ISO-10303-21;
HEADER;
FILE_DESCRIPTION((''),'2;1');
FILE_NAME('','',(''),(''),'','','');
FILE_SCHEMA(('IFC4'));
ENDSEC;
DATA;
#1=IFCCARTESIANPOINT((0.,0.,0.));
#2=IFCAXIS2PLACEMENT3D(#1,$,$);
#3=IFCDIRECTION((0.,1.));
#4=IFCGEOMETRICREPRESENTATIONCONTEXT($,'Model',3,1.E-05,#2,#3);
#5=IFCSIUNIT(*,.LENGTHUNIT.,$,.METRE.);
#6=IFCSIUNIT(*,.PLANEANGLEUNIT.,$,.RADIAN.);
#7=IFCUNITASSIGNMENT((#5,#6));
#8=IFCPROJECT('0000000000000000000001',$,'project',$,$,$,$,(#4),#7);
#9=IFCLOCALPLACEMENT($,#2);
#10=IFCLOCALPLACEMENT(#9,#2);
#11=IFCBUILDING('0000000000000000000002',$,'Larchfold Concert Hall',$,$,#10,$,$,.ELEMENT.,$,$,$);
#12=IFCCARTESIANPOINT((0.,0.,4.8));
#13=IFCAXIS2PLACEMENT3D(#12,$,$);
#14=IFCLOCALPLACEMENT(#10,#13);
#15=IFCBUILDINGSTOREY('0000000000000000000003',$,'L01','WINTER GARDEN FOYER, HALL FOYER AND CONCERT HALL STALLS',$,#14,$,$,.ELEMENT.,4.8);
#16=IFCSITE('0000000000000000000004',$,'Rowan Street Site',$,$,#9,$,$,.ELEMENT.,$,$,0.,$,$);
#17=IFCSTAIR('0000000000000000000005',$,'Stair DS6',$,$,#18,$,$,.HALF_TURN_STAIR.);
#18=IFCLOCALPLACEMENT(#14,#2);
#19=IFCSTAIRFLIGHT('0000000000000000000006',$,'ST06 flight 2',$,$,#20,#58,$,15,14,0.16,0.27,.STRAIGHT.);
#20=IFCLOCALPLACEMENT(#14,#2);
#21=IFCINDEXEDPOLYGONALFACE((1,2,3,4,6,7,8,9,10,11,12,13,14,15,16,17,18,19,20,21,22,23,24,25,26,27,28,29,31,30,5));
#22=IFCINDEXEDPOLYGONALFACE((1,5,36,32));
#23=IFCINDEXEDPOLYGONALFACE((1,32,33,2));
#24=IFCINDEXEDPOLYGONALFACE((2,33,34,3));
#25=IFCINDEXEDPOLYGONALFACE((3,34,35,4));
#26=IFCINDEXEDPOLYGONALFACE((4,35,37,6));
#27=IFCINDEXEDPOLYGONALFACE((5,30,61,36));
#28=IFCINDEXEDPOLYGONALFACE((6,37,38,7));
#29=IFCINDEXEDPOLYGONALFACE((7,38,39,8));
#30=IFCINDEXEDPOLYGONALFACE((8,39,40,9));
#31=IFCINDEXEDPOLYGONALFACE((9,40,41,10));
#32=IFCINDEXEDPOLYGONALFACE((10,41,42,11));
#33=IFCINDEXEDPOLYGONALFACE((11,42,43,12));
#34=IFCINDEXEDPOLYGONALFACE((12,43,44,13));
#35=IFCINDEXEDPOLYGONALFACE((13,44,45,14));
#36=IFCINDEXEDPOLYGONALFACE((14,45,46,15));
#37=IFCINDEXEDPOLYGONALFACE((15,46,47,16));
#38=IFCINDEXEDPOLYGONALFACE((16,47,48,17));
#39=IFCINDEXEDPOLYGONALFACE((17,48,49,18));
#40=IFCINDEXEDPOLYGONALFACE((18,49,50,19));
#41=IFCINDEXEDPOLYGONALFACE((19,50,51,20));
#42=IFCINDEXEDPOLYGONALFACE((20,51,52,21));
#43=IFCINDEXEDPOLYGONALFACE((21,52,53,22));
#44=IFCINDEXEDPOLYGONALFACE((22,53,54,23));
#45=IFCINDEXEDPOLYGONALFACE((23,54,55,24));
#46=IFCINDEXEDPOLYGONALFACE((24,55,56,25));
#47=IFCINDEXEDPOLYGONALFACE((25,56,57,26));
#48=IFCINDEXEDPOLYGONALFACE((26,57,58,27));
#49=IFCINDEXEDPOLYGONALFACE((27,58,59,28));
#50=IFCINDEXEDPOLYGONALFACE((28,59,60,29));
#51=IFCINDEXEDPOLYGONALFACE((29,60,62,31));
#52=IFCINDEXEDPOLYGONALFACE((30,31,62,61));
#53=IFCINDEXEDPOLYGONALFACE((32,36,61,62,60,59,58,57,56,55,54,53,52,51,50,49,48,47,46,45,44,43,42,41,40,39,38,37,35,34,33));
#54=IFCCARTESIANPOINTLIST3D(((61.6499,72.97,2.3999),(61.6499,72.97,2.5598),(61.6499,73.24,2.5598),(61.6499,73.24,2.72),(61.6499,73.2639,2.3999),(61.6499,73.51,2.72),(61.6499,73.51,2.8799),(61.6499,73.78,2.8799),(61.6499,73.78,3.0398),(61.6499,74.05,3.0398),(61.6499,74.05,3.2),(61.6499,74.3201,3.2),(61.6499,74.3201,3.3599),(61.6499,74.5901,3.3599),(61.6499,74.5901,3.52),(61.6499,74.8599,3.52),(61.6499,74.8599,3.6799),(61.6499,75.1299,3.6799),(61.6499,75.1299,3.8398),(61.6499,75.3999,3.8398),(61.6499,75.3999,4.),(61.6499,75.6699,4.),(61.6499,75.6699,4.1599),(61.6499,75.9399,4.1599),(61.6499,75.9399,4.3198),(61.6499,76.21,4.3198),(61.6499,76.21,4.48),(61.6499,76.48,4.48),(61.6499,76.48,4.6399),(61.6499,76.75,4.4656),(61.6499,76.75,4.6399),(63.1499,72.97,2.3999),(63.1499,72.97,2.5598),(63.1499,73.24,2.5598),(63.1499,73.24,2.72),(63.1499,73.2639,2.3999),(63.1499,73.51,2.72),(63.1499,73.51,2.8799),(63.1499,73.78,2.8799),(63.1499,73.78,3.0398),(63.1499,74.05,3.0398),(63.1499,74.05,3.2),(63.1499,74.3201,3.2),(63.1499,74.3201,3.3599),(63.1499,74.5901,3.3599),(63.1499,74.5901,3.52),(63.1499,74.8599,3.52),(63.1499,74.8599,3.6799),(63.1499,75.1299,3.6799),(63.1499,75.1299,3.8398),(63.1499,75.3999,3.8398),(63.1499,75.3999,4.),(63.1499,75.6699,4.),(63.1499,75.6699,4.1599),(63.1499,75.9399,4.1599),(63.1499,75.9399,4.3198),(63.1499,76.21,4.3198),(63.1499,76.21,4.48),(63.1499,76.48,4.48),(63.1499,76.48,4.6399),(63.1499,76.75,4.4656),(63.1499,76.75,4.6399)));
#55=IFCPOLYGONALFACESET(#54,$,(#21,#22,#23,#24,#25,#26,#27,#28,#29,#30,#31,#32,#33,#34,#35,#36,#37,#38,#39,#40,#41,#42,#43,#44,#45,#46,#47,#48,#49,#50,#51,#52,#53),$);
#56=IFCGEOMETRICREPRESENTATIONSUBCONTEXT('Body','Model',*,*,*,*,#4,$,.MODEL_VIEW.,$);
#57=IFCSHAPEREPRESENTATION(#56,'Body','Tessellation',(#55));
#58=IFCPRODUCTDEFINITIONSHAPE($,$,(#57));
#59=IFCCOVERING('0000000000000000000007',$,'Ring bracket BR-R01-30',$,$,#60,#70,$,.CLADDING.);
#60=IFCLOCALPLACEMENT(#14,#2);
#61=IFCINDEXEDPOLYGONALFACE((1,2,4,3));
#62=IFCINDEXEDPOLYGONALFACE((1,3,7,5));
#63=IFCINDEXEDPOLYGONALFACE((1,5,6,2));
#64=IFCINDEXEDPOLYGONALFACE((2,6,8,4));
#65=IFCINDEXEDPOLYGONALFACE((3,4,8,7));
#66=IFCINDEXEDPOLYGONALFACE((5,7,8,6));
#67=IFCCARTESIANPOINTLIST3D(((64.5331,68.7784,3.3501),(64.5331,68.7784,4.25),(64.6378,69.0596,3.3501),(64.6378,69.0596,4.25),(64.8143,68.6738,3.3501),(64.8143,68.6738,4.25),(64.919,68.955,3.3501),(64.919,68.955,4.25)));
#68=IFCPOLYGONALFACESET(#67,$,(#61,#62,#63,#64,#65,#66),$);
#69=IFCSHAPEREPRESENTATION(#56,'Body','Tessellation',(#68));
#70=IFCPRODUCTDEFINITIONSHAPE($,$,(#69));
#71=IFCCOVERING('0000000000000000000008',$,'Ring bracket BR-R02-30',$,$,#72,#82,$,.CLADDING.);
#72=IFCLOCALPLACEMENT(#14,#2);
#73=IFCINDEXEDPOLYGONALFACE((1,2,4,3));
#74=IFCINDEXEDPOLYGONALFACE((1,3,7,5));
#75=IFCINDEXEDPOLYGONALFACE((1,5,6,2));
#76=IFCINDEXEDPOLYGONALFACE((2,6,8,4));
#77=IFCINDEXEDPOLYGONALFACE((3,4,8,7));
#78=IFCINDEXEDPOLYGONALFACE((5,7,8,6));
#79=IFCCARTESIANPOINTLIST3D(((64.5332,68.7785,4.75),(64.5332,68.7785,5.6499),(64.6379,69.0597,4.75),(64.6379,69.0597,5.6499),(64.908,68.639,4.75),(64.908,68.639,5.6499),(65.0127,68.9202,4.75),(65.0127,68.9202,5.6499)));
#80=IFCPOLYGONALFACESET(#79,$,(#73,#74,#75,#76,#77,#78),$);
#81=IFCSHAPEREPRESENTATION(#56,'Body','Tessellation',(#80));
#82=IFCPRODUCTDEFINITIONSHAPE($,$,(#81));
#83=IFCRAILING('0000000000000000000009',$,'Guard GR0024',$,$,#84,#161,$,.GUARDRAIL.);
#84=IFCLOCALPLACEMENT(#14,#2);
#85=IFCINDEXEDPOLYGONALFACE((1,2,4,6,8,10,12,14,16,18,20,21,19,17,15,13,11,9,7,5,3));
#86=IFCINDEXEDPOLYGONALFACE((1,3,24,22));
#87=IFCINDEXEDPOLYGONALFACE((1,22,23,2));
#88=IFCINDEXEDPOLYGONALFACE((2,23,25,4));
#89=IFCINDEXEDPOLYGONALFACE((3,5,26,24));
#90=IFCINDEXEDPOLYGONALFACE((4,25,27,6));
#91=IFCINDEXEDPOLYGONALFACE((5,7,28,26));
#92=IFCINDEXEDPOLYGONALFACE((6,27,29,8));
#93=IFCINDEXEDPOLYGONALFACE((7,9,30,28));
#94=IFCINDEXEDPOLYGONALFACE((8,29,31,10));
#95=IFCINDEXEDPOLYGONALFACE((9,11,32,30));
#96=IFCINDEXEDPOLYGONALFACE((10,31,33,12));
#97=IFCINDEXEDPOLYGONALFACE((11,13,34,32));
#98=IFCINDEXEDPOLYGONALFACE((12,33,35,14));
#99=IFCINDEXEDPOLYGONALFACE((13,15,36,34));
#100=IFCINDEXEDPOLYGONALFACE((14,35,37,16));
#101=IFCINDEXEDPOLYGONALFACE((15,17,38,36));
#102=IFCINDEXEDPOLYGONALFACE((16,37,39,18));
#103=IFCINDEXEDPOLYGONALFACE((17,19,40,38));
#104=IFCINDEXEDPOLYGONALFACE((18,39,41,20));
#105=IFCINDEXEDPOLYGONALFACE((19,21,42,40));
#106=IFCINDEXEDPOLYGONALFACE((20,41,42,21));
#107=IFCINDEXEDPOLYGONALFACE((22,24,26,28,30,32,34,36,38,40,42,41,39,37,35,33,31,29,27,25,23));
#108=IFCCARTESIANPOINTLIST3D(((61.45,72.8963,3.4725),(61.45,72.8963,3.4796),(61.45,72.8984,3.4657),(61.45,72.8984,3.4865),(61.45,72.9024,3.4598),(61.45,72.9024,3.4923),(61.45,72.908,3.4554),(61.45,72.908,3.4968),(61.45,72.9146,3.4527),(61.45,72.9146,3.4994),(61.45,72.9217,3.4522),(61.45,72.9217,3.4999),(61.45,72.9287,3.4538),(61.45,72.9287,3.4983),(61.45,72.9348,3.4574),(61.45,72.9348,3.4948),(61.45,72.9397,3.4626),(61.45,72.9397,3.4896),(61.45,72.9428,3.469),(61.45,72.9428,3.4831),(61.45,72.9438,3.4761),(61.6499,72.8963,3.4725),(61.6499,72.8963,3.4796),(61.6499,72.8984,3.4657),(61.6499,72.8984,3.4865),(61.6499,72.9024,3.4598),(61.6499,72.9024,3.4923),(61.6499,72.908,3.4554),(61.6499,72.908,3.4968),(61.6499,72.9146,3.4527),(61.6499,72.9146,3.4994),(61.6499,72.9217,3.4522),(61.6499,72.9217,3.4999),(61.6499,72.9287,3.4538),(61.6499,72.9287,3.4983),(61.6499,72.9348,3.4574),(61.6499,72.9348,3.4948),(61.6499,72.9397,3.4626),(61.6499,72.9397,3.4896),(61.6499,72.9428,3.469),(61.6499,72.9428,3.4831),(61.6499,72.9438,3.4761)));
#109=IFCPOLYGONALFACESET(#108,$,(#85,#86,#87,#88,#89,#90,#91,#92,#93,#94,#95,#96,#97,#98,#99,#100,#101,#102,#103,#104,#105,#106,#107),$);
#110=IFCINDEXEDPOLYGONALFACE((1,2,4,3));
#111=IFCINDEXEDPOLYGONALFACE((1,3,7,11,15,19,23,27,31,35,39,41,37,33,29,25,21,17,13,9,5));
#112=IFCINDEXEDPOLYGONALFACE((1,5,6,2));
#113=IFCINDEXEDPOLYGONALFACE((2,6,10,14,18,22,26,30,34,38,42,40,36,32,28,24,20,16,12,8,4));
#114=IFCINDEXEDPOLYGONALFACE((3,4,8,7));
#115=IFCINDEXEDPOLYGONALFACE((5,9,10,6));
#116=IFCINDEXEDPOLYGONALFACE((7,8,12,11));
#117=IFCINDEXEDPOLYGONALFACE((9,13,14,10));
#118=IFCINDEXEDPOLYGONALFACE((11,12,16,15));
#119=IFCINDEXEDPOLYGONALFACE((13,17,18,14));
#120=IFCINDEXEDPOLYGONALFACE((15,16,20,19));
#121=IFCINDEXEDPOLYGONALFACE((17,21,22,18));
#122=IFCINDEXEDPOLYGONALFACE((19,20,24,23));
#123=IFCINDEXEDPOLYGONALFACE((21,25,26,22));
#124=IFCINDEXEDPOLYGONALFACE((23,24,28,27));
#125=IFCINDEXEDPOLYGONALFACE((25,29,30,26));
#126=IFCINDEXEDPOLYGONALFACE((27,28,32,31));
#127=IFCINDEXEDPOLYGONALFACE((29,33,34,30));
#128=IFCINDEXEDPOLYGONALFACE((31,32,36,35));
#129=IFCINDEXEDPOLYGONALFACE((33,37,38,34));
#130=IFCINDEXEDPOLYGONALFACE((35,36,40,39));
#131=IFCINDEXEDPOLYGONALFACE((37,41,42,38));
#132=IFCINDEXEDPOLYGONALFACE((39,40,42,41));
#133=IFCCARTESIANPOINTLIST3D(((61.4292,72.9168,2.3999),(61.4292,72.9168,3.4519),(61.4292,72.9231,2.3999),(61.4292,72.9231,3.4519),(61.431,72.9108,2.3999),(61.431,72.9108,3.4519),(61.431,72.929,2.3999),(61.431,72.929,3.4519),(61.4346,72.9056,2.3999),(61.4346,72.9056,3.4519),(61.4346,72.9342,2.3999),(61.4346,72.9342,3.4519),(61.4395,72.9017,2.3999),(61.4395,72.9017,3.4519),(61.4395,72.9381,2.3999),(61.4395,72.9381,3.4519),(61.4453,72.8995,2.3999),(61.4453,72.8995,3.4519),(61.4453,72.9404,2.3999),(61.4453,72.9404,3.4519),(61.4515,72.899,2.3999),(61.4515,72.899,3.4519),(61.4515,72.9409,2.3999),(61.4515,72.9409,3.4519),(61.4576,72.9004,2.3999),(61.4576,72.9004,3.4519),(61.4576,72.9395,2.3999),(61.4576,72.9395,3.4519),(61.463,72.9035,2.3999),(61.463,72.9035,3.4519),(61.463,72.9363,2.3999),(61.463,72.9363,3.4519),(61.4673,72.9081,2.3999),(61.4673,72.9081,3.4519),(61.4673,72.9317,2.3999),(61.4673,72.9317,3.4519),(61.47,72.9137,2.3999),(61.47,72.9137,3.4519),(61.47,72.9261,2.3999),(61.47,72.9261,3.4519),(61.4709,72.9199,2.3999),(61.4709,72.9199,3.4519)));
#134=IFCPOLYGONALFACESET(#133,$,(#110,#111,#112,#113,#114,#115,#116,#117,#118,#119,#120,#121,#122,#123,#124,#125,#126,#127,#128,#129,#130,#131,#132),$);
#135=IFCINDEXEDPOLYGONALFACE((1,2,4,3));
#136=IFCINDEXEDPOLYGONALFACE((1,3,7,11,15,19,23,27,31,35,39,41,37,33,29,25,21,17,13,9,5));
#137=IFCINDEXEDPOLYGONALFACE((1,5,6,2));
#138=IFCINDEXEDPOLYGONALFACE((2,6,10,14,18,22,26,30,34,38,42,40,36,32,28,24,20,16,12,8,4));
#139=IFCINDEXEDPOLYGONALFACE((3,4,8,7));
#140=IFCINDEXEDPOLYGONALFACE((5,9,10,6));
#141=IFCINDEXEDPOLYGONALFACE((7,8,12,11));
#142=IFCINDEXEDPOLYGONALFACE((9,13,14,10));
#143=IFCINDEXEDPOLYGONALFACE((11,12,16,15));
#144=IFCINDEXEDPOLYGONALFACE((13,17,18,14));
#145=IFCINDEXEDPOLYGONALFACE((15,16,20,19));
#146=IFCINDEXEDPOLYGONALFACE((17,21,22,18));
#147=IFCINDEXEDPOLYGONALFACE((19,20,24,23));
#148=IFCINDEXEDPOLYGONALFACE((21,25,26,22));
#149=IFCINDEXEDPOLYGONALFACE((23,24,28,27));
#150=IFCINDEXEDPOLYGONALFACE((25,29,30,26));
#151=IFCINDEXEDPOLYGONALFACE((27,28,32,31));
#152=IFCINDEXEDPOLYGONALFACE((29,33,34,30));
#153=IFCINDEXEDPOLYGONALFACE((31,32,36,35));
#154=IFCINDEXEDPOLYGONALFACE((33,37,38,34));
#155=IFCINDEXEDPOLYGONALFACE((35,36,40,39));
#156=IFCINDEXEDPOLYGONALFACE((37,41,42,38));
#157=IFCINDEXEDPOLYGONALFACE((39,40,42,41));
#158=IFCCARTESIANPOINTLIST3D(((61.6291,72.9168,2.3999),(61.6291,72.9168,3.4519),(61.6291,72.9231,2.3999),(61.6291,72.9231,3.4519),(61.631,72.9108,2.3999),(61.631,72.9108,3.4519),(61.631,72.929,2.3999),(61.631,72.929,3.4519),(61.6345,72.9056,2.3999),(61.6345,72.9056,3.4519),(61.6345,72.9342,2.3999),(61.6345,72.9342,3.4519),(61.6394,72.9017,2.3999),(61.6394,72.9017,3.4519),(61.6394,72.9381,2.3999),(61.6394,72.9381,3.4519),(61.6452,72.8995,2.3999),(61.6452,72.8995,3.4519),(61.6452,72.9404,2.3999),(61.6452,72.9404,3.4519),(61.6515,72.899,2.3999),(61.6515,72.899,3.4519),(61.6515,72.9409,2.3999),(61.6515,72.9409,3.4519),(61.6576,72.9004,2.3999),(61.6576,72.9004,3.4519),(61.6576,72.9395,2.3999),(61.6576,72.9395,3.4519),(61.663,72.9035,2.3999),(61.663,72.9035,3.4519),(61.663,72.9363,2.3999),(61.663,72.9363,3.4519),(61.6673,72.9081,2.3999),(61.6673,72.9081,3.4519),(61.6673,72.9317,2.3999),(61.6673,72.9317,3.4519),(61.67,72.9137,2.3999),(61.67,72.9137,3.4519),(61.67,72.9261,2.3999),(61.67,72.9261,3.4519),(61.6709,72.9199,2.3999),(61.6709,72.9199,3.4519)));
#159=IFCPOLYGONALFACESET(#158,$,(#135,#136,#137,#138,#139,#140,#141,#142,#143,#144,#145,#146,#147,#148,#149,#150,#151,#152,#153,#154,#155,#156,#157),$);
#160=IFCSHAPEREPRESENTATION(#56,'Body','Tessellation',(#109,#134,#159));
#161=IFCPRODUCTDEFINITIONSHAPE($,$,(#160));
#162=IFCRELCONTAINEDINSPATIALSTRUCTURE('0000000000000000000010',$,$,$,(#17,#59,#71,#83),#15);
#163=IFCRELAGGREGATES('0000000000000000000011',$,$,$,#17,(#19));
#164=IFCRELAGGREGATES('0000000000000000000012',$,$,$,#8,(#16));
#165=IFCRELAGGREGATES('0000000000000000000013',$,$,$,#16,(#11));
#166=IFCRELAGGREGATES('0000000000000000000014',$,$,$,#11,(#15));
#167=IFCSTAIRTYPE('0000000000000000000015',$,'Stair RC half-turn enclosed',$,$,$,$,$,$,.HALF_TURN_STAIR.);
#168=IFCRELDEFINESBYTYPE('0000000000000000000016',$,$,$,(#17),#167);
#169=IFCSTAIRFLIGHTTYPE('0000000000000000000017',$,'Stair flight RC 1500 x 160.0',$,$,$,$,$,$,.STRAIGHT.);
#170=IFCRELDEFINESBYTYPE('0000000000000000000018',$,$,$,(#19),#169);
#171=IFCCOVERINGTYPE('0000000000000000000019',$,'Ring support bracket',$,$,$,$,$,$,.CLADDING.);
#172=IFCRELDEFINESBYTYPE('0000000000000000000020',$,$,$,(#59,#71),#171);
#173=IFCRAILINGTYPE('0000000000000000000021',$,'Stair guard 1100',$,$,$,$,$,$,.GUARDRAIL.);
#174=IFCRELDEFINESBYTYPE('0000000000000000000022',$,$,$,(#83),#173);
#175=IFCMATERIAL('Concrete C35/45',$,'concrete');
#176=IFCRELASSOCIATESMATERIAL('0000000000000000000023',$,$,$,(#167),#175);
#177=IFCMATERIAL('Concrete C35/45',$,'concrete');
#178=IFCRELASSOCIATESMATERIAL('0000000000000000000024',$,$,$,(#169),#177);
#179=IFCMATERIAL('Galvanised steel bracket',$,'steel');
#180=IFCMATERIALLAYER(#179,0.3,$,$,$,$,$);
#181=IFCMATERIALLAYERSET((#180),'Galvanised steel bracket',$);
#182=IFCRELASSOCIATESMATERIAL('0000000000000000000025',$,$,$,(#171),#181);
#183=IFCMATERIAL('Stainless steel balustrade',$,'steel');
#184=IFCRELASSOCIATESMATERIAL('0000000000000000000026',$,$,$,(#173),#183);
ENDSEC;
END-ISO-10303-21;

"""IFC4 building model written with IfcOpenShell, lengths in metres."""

from ifc_helpers import new_model, si_unit, direction, frame, origin, origin_2d, place, context, subcontext, project, spatial, polyline, rectangle, circle, outline, extrude, material, layer, layer_set, type_object, element, aggregate, save


model = new_model("IFC4")

# Units and contexts
model_context = context("Model", 3, precision=1e-05, world=origin(), true_north=direction((0.0, 1.0)))
body_context = subcontext(model_context, "Body", "Model", "MODEL_VIEW")
ifc_project = project(units=[si_unit("LENGTHUNIT", "METRE"), si_unit("PLANEANGLEUNIT", "RADIAN")], contexts=[model_context])

# Site, building, storey
site_placement = place(None, origin())
site = spatial("IfcSite", under=ifc_project, at=site_placement, Name="Rowan Street Site", CompositionType="ELEMENT", RefElevation=0.0)
building_placement = place(site_placement, origin())
building = spatial("IfcBuilding", under=site, at=building_placement, Name="Larchfold Concert Hall", CompositionType="ELEMENT")
storey_placement = place(building_placement, frame((0.0, 0.0, 4.8)))
storey = spatial("IfcBuildingStorey", under=building, at=storey_placement, Name="L01", Description="WINTER GARDEN FOYER, HALL FOYER AND CONCERT HALL STALLS", CompositionType="ELEMENT", Elevation=4.8)

# Stair, stair flight
ifc_material_1 = material(Name="Concrete C35/45", Category="concrete")
stair_type = type_object("IfcStairType", Name="Stair RC half-turn enclosed", PredefinedType="HALF_TURN_STAIR", material=ifc_material_1)
stair_placement = place(storey_placement, origin())
stair = element("IfcStair", 1, at=stair_placement, inside=storey, type_object=stair_type, Name="Stair DS6", PredefinedType="HALF_TURN_STAIR")
ifc_material_2 = material(Name="Concrete C35/45", Category="concrete")
stair_flight_type = type_object("IfcStairFlightType", Name="Stair flight RC 1500 x 160.0", PredefinedType="STRAIGHT", material=ifc_material_2)
stair_flight_placement = place(storey_placement, frame((62.3999, 72.97, 2.3999), z_axis=(0.0, 0.0, 1.0), x_axis=(0.0, 1.0, 0.0)))
stair_flight = element("IfcStairFlight", 2, at=stair_flight_placement, type_object=stair_flight_type, Name="ST06 flight 2", NumberOfRisers=15, NumberOfTreads=14, PredefinedType="STRAIGHT", RiserHeight=0.16, TreadLength=0.27, context=body_context, shape_type="SweptSolid", body=[
    extrude(outline(polyline([(0.0, 0.0), (0.0, 0.1599), (0.27, 0.1599), (0.27, 0.3201), (0.54, 0.3201), (0.54, 0.48), (0.8101, 0.48), (0.8101, 0.6399), (1.0801, 0.6399), (1.0801, 0.8), (1.3501, 0.8), (1.3501, 0.96), (1.6201, 0.96), (1.6201, 1.1201), (1.8899, 1.1201), (1.8899, 1.28), (2.1599, 1.28), (2.1599, 1.4399), (2.4299, 1.4399), (2.4299, 1.6001), (2.7, 1.6001), (2.7, 1.76), (2.97, 1.76), (2.97, 1.9199), (3.24, 1.9199), (3.24, 2.0801), (3.51, 2.0801), (3.51, 2.24), (3.78, 2.24), (3.78, 2.3999), (3.78, 2.0657), (0.2939, 0.0), (0.0, 0.0)])), frame((0.0, 0.75, 0.0), z_axis=(0.0, -1.0, 0.0), x_axis=(1.0, 0.0, 0.0)), (0.0, 0.0, 1.0), 1.5),
])
aggregate(stair, [stair_flight])

# Coverings
ifc_material_3 = material(Name="Galvanised steel bracket", Category="steel")
ifc_layer_1 = layer(ifc_material_3, 0.3)
ifc_layer_set_1 = layer_set([ifc_layer_1], Name="Galvanised steel bracket")
covering_type = type_object("IfcCoveringType", Name="Ring support bracket", PredefinedType="CLADDING", material=ifc_layer_set_1)
covering_1_placement = place(storey_placement, frame((64.7261, 68.8667, 3.3501), z_axis=(0.0, 0.0, 1.0), x_axis=(0.937177, -0.348853, 0.0)))
element("IfcCovering", 3, at=covering_1_placement, inside=storey, type_object=covering_type, Name="Ring bracket BR-R01-30", PredefinedType="CLADDING", context=body_context, shape_type="SweptSolid", body=[
    extrude(rectangle(XDim=0.3, YDim=0.3, at=origin_2d()), origin(), (0.0, 0.0, 1.0), 0.8999),
])
covering_2_placement = place(storey_placement, frame((64.7729, 68.8494, 4.75), z_axis=(0.0, 0.0, 1.0), x_axis=(0.937177, -0.348853, 0.0)))
element("IfcCovering", 4, at=covering_2_placement, inside=storey, type_object=covering_type, Name="Ring bracket BR-R02-30", PredefinedType="CLADDING", context=body_context, shape_type="SweptSolid", body=[
    extrude(rectangle(XDim=0.3999, YDim=0.3, at=origin_2d()), origin(), (0.0, 0.0, 1.0), 0.8999),
])

# Railing
ifc_material_4 = material(Name="Stainless steel balustrade", Category="steel")
railing_type_1 = type_object("IfcRailingType", Name="Stair guard 1100", PredefinedType="GUARDRAIL", material=ifc_material_4)
railing_1_placement = place(storey_placement, frame((61.45, 72.9199, 2.3999)))
element("IfcRailing", 5, at=railing_1_placement, inside=storey, type_object=railing_type_1, Name="Guard GR0024", PredefinedType="GUARDRAIL", context=body_context, shape_type="SweptSolid", body=[
    extrude(circle(Radius=0.0239, at=origin_2d()), frame((0.0, 0.0, 1.0762), z_axis=(1.0, 0.0, 0.0), x_axis=(0.0, 1.0, 0.0)), (0.0, 0.0, 1.0), 0.2),
    extrude(circle(Radius=0.021, at=origin_2d()), origin(), (0.0, 0.0, 1.0), 1.052),
    extrude(circle(Radius=0.021, at=origin_2d()), frame((0.2, 0.0, 0.0)), (0.0, 0.0, 1.0), 1.052),
])

save(model, "model.ifc")
